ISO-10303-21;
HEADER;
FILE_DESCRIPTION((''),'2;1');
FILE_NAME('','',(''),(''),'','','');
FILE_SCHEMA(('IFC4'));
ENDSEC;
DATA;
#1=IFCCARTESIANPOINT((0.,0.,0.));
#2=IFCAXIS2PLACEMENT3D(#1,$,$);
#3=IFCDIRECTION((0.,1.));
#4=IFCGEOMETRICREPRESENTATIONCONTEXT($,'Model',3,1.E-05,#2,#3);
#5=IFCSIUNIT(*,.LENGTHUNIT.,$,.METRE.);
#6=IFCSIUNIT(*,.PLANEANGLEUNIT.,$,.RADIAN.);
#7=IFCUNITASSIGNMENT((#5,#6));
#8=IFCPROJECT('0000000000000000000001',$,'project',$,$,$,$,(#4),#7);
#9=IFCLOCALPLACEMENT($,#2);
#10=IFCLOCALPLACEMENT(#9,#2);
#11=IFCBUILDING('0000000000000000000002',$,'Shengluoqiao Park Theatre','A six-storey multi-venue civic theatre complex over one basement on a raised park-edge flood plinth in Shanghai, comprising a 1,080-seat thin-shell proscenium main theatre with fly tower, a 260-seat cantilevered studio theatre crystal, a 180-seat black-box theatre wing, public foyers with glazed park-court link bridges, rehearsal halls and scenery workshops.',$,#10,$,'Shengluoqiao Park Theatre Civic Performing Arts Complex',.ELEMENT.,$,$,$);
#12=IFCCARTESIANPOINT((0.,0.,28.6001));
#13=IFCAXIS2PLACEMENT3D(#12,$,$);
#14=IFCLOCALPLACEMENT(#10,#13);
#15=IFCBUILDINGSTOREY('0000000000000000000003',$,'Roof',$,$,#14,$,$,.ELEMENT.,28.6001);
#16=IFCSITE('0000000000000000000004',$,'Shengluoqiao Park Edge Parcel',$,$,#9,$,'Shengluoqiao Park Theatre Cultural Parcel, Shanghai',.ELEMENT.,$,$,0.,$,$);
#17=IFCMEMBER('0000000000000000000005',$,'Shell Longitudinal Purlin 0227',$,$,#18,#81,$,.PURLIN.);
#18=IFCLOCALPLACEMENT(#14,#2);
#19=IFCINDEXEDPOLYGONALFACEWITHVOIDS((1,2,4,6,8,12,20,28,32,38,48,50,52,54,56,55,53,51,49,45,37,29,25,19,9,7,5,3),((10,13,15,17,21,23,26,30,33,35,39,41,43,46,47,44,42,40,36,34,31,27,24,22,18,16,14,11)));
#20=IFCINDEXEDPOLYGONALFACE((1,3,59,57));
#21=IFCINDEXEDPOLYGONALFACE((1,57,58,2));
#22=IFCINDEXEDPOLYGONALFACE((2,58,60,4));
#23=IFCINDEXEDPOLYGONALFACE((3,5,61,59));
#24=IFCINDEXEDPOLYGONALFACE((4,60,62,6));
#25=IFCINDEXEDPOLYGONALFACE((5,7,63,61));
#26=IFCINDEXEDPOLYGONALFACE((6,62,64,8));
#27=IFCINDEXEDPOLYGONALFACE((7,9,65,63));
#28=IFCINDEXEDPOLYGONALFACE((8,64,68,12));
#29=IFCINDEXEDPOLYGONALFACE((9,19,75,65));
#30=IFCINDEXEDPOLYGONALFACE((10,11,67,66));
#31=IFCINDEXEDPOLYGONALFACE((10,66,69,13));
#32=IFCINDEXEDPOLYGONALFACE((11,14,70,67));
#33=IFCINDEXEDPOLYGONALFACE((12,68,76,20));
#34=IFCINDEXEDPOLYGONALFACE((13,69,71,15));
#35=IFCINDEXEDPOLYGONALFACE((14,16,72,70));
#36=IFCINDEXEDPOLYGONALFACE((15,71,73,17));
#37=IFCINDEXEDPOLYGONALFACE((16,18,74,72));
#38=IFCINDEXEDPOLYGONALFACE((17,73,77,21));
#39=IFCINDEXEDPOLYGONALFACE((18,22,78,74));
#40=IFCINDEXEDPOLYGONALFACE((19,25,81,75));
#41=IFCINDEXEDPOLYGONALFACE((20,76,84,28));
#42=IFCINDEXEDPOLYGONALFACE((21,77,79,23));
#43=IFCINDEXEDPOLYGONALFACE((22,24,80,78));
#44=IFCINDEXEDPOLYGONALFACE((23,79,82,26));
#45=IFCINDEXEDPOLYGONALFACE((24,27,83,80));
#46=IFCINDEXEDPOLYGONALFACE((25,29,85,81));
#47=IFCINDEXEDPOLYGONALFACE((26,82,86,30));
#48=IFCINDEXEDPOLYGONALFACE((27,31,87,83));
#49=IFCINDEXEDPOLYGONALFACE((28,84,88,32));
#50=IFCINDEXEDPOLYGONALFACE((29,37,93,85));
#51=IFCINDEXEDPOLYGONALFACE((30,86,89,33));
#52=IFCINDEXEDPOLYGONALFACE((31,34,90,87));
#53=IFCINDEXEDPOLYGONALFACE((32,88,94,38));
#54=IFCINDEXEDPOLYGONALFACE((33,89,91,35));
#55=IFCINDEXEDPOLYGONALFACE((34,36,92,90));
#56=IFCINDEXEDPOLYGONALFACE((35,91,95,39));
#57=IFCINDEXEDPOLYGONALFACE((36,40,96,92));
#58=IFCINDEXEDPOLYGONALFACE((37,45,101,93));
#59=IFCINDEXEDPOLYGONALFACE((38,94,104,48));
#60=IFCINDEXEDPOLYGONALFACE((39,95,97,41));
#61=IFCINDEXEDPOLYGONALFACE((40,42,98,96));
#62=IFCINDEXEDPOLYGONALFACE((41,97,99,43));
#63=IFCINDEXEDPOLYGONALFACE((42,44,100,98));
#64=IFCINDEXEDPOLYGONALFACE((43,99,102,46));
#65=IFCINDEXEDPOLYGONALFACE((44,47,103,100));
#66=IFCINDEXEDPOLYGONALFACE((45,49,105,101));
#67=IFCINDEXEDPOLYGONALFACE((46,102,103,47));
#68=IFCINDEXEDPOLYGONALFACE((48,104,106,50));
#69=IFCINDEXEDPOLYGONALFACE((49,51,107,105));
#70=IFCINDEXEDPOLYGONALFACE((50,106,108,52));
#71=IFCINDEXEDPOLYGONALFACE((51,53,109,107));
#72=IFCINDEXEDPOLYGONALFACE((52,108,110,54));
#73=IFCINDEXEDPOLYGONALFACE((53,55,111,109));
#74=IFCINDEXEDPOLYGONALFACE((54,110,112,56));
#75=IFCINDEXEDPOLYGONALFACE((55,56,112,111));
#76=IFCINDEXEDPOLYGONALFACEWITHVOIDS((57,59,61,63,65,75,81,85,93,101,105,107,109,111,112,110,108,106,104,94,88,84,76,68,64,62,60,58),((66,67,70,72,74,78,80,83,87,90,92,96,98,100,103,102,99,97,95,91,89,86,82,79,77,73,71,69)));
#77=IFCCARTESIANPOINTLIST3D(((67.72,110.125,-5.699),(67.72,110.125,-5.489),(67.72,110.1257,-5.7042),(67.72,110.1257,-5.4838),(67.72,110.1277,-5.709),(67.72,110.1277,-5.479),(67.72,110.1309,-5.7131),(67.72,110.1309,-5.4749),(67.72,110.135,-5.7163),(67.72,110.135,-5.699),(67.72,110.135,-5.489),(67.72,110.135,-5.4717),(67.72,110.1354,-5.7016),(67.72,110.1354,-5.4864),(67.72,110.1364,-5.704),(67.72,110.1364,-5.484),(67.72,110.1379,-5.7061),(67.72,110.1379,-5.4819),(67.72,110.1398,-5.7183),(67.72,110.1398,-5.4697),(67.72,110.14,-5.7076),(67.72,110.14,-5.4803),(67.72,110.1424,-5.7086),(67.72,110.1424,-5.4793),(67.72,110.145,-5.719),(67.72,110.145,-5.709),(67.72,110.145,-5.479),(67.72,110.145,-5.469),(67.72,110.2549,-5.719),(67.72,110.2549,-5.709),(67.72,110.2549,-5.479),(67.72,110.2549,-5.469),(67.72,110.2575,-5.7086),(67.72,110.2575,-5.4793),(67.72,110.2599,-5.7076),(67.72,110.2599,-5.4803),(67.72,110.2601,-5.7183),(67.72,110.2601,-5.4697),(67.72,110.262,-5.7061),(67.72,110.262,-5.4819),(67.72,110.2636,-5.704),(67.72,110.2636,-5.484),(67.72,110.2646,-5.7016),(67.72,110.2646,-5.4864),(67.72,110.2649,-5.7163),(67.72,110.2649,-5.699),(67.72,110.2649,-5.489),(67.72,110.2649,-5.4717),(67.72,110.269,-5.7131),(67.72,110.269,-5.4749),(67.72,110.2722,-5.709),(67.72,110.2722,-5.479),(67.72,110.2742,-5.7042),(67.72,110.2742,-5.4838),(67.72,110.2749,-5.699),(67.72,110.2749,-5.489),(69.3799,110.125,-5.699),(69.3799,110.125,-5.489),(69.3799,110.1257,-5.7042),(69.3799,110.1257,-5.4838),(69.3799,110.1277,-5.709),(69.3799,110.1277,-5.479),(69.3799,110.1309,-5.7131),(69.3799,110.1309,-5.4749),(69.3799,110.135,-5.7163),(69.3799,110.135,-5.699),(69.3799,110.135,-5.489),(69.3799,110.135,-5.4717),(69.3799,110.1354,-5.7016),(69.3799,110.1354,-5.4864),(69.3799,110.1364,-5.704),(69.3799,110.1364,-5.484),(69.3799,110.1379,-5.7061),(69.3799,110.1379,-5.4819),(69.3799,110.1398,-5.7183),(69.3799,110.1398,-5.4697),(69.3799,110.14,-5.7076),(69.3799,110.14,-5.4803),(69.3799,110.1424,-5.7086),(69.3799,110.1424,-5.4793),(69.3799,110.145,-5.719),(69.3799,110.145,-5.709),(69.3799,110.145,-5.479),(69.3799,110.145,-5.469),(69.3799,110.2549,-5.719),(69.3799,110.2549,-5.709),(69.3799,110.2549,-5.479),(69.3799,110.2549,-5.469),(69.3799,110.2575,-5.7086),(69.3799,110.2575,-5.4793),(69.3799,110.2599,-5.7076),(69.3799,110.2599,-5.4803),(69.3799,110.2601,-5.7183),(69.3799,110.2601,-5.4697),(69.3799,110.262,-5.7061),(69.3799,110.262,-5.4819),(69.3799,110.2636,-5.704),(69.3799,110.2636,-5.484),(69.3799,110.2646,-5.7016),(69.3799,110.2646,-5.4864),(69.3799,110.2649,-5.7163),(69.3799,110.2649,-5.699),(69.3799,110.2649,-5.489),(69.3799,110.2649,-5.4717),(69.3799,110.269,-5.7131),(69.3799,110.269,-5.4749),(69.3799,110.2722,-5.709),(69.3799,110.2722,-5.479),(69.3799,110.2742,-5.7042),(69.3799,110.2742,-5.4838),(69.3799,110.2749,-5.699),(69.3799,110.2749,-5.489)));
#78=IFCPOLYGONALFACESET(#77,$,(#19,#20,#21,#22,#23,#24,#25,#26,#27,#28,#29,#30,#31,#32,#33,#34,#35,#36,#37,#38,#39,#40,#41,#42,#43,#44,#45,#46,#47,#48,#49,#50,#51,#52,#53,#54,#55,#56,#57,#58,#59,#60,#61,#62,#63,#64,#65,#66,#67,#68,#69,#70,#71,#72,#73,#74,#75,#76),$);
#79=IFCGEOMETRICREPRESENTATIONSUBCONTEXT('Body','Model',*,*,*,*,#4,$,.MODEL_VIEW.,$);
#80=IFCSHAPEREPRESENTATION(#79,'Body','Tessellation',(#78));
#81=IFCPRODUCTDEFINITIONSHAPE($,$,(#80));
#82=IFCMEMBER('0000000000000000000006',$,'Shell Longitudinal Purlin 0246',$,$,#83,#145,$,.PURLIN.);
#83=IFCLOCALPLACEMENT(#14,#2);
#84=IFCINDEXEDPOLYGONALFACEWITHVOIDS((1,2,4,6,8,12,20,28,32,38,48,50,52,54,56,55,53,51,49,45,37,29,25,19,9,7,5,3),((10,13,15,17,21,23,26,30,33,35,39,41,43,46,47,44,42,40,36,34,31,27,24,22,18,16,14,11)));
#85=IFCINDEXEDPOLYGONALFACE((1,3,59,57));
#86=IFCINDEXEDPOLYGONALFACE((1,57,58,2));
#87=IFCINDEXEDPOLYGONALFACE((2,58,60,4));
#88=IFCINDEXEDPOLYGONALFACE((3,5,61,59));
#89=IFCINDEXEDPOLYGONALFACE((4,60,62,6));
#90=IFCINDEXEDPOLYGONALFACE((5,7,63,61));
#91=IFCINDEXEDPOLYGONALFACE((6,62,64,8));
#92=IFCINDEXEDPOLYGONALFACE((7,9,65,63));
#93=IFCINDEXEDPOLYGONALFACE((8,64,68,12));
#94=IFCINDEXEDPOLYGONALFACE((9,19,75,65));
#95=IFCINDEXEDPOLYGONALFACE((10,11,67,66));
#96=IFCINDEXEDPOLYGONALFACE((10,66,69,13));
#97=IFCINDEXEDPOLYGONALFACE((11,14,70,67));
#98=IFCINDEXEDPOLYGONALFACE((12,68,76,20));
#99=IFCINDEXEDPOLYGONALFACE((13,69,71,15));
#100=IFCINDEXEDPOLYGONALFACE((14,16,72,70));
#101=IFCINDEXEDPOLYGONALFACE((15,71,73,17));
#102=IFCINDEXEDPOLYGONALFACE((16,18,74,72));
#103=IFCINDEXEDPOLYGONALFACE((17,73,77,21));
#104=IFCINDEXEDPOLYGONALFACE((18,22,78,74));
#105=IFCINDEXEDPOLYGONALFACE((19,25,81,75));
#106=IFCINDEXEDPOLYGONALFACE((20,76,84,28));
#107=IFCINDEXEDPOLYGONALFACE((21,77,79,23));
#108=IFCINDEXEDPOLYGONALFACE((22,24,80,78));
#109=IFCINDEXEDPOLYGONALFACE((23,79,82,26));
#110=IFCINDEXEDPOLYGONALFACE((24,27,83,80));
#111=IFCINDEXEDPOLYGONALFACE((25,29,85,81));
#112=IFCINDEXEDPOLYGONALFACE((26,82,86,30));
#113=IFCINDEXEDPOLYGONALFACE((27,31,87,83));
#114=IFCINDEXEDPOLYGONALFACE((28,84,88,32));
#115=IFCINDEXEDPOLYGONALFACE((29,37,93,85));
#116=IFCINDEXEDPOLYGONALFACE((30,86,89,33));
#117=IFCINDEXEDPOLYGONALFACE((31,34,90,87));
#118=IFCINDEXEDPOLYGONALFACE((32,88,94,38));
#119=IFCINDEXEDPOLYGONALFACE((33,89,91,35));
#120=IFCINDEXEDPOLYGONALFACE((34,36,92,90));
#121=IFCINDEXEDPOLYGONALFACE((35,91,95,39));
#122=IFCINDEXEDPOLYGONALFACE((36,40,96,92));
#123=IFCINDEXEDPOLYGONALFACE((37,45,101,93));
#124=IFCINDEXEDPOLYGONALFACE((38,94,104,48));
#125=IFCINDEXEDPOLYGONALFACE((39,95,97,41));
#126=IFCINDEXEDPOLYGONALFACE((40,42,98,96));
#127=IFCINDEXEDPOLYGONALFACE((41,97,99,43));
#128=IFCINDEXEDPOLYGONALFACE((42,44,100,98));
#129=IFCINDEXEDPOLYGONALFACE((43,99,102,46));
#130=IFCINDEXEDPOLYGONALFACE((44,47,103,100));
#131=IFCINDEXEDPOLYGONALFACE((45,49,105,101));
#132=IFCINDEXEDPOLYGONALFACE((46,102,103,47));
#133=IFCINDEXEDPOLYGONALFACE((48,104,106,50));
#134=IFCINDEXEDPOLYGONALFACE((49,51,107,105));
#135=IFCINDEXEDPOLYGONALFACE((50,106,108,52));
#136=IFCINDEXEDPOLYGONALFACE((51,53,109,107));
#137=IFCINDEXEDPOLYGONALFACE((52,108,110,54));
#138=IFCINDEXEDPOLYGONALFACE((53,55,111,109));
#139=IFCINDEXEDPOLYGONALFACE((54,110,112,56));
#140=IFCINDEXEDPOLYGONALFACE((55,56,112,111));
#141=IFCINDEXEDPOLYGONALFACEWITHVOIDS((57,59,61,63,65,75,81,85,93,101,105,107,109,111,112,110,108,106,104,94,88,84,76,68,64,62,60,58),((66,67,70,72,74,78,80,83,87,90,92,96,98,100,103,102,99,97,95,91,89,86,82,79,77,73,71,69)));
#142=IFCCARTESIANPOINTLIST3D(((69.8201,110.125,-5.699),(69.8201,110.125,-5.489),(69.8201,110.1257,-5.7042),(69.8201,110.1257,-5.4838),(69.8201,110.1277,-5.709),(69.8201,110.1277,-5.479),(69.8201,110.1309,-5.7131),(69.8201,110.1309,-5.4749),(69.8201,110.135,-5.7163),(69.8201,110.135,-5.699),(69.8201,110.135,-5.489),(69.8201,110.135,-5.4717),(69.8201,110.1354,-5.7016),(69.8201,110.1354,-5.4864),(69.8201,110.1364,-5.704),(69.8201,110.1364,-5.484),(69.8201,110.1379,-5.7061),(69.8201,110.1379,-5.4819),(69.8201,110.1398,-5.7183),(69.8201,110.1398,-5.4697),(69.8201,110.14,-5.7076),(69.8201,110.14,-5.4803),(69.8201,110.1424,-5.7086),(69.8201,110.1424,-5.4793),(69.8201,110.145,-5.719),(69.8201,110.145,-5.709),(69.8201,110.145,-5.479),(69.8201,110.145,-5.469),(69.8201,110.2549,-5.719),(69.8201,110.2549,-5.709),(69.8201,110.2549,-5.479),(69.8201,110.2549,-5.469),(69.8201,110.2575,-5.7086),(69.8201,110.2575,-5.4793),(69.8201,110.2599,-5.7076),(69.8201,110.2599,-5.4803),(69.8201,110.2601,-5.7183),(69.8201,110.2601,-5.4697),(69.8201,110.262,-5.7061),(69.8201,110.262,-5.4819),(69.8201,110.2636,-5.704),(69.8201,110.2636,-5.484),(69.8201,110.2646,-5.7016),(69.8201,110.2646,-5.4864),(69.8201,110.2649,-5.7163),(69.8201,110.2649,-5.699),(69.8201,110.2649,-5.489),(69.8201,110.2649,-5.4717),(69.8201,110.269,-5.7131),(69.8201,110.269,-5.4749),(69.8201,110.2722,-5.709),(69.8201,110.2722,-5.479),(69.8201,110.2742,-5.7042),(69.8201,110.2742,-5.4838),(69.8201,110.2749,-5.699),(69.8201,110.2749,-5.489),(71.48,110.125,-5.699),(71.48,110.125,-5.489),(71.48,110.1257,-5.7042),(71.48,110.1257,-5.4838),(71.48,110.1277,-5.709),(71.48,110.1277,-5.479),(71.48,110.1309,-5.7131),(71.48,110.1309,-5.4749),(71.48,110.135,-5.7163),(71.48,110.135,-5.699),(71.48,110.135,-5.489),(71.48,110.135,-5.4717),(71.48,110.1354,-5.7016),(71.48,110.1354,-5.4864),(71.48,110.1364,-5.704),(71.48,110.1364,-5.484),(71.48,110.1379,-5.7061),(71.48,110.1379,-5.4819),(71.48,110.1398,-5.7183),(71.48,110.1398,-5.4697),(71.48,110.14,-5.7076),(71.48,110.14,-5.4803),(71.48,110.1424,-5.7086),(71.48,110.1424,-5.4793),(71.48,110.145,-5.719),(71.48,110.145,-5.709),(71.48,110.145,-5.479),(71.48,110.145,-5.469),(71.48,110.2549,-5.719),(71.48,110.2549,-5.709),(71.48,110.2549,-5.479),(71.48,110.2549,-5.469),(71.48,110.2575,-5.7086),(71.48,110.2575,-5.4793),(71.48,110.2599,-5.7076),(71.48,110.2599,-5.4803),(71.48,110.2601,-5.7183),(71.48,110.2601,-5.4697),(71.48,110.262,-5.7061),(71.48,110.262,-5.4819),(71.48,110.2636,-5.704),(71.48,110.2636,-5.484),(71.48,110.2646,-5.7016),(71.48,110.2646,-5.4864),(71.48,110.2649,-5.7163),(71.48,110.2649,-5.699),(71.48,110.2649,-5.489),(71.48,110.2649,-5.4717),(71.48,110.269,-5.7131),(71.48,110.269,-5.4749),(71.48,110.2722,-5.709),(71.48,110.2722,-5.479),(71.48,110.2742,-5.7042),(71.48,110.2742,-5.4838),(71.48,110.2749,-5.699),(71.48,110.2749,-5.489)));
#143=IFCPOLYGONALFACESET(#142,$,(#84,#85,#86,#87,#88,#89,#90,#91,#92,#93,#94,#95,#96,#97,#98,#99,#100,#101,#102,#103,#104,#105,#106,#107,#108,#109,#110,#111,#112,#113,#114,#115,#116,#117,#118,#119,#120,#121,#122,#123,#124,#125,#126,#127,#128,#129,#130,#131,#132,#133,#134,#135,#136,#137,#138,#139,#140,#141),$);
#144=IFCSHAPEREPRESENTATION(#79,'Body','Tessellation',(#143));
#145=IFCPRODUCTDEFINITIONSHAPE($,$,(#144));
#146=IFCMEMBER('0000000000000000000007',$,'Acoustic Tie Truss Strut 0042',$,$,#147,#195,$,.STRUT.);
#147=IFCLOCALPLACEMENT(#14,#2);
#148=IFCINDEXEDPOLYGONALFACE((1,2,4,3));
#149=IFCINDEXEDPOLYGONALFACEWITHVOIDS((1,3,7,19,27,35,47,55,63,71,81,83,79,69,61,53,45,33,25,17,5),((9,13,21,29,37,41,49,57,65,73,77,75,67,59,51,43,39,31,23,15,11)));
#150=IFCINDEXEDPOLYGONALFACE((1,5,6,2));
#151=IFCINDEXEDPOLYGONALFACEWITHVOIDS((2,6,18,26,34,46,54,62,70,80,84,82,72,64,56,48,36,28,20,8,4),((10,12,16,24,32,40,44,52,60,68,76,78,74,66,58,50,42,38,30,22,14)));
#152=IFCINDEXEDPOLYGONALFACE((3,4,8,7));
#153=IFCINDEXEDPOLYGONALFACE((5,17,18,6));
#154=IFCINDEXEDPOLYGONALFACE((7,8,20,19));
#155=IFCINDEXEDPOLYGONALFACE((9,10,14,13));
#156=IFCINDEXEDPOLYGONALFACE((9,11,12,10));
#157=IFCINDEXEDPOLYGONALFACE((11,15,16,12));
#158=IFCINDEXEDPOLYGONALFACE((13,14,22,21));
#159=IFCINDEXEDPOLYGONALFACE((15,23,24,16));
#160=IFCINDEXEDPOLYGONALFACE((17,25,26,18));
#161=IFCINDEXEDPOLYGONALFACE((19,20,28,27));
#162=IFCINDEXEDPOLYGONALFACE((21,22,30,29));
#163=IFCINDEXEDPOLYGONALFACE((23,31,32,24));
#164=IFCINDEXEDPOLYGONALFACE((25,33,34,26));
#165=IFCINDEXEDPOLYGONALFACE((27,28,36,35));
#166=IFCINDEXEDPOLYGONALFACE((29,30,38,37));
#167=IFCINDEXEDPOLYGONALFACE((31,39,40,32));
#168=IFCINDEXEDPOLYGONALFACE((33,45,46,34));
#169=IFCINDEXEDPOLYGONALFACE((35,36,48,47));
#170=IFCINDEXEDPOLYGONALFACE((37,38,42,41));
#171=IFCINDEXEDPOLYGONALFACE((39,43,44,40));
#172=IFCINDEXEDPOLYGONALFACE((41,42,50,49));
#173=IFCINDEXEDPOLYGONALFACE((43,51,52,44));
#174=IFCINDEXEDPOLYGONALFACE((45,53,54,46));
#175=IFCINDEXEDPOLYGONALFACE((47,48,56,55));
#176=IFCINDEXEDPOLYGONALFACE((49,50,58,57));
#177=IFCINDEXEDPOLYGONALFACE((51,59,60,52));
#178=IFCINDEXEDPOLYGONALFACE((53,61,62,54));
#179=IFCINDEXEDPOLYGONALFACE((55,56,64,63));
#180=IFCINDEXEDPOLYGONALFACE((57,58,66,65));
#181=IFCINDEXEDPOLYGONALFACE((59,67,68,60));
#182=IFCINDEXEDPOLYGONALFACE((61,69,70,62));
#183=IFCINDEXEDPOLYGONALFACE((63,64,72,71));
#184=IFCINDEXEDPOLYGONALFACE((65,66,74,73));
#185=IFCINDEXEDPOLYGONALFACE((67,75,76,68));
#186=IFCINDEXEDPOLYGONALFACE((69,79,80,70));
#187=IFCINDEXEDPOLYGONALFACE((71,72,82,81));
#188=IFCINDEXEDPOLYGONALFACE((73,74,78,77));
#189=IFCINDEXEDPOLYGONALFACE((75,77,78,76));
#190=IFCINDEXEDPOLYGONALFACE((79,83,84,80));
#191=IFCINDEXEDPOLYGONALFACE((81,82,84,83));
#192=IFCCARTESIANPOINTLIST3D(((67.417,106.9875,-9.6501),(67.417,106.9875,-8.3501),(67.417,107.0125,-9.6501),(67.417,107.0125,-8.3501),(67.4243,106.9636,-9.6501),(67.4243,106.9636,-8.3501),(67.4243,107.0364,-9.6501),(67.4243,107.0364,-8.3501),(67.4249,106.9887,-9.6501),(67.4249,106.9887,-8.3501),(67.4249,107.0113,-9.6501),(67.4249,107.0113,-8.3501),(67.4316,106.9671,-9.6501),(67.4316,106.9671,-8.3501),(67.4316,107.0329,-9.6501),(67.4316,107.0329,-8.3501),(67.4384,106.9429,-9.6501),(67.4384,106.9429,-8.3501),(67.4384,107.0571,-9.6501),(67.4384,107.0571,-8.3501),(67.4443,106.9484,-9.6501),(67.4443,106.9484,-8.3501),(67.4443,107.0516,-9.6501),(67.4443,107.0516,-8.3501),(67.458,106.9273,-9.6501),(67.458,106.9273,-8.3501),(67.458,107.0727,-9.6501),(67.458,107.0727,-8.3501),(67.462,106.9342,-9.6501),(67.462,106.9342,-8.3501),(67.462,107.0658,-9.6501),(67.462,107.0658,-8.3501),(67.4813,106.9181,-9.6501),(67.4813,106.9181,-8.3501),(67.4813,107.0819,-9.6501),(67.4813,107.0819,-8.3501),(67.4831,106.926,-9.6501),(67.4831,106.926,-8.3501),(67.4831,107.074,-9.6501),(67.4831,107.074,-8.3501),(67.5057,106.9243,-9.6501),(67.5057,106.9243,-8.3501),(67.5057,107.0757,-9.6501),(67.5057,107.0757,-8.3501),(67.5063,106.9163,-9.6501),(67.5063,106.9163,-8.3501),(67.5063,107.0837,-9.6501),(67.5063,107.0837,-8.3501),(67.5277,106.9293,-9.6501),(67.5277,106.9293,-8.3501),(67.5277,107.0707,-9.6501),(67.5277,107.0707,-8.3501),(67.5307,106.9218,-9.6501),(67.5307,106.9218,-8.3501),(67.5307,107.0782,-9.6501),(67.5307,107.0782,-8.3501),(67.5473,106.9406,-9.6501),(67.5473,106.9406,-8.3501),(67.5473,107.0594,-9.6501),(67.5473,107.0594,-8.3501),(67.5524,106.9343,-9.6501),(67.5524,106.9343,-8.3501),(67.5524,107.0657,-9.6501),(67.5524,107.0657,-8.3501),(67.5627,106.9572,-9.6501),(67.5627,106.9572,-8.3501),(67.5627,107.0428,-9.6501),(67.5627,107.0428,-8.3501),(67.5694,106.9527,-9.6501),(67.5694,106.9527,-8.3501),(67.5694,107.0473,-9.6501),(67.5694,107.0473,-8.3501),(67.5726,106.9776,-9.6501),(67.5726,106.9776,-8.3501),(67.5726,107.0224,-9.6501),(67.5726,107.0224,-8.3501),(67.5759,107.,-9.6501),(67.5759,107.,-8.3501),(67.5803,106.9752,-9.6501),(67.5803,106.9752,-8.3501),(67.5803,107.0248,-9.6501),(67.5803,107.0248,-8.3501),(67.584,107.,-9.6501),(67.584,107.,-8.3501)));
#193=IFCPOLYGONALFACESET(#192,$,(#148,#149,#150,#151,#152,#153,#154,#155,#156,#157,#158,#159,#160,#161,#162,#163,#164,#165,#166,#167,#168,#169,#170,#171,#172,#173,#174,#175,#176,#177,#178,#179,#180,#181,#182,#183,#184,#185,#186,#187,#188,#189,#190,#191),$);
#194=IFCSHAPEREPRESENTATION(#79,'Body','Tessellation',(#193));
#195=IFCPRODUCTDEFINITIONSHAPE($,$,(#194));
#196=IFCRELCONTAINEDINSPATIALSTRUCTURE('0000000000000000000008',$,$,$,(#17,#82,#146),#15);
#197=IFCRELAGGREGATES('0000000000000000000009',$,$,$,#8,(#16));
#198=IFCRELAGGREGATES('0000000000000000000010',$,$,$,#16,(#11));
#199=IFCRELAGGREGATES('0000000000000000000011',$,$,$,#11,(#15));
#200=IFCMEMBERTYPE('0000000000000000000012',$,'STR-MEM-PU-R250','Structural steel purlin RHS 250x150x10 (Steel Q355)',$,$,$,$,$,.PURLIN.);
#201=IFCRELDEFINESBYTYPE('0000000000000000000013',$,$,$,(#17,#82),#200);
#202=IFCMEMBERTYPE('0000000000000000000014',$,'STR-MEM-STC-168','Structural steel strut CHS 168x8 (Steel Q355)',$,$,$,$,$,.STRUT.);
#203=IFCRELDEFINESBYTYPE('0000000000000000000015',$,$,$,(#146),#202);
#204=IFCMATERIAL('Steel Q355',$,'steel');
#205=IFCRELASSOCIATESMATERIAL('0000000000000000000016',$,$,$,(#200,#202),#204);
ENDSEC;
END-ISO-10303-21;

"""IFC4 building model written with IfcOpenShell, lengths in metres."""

from ifc_helpers import new_model, si_unit, direction, frame, origin, origin_2d, place, context, subcontext, project, spatial, hollow_rectangle, hollow_circle, extrude, material, material_profile, profile_set, type_object, element, save


model = new_model("IFC4")

# Units and contexts
model_context = context("Model", 3, precision=1e-05, world=origin(), true_north=direction((0.0, 1.0)))
body_context = subcontext(model_context, "Body", "Model", "MODEL_VIEW")
ifc_project = project(units=[si_unit("LENGTHUNIT", "METRE"), si_unit("PLANEANGLEUNIT", "RADIAN")], contexts=[model_context])

# Site, building, storey
site_placement = place(None, origin())
site = spatial("IfcSite", under=ifc_project, at=site_placement, Name="Shengluoqiao Park Edge Parcel", LongName="Shengluoqiao Park Theatre Cultural Parcel, Shanghai", CompositionType="ELEMENT", RefElevation=0.0)
building_placement = place(site_placement, origin())
building = spatial("IfcBuilding", under=site, at=building_placement, Name="Shengluoqiao Park Theatre", Description="A six-storey multi-venue civic theatre complex over one basement on a raised park-edge flood plinth in Shanghai, comprising a 1,080-seat thin-shell proscenium main theatre with fly tower, a 260-seat cantilevered studio theatre crystal, a 180-seat black-box theatre wing, public foyers with glazed park-court link bridges, rehearsal halls and scenery workshops.", LongName="Shengluoqiao Park Theatre Civic Performing Arts Complex", CompositionType="ELEMENT")
storey_placement = place(building_placement, frame((0.0, 0.0, 28.6001)))
storey = spatial("IfcBuildingStorey", under=building, at=storey_placement, Name="Roof", CompositionType="ELEMENT", Elevation=28.6001)

# Shared definitions
ifc_material_1 = material(Name="Steel Q355", Category="steel")

# Members
ifc_material_profile_1 = material_profile(ifc_material_1, hollow_rectangle(XDim=0.1499, YDim=0.25, WallThickness=0.01, InnerFilletRadius=0.01, OuterFilletRadius=0.02, at=origin_2d()), Name="RHS 250x150x10")
ifc_profile_set_1 = profile_set([ifc_material_profile_1], Name="Steel Q355")
member_type_1 = type_object("IfcMemberType", Name="STR-MEM-PU-R250", Description="Structural steel purlin RHS 250x150x10 (Steel Q355)", PredefinedType="PURLIN", material=ifc_profile_set_1)
for number, where, z_axis, x_axis, name in (
    (1, (67.72, 110.2, -5.594), (1.0, 0.0, 0.0), (0.0, 1.0, 0.0), "Shell Longitudinal Purlin 0227"),
    (2, (69.8201, 110.2, -5.594), (1.0, 0.0, 0.0), (0.0, 1.0, 0.0), "Shell Longitudinal Purlin 0246"),
):
    element("IfcMember", number, at=place(storey_placement, frame(where, z_axis=z_axis, x_axis=x_axis)), inside=storey, type_object=member_type_1, Name=name, PredefinedType="PURLIN", context=body_context, shape_type="SweptSolid", body=[
        extrude(hollow_rectangle(XDim=0.1499, YDim=0.25, WallThickness=0.01, InnerFilletRadius=0.01, OuterFilletRadius=0.02, at=origin_2d()), origin(), (0.0, 0.0, 1.0), 1.6599),
    ])
ifc_material_profile_2 = material_profile(ifc_material_1, hollow_circle(Radius=0.084, WallThickness=0.0081, at=origin_2d()), Name="CHS 168x8")
ifc_profile_set_2 = profile_set([ifc_material_profile_2], Name="Steel Q355")
member_type_2 = type_object("IfcMemberType", Name="STR-MEM-STC-168", Description="Structural steel strut CHS 168x8 (Steel Q355)", PredefinedType="STRUT", material=ifc_profile_set_2)
for number, where, z_axis, x_axis, name in (
    (3, (67.5, 107.0, -9.6501), (0.0, 0.0, 1.0), (1.0, 0.0, 0.0), "Acoustic Tie Truss Strut 0042"),
):
    element("IfcMember", number, at=place(storey_placement, frame(where, z_axis=z_axis, x_axis=x_axis)), inside=storey, type_object=member_type_2, Name=name, PredefinedType="STRUT", context=body_context, shape_type="SweptSolid", body=[
        extrude(hollow_circle(Radius=0.084, WallThickness=0.0081, at=origin_2d()), origin(), (0.0, 0.0, 1.0), 1.3),
    ])

save(model, "model.ifc")
